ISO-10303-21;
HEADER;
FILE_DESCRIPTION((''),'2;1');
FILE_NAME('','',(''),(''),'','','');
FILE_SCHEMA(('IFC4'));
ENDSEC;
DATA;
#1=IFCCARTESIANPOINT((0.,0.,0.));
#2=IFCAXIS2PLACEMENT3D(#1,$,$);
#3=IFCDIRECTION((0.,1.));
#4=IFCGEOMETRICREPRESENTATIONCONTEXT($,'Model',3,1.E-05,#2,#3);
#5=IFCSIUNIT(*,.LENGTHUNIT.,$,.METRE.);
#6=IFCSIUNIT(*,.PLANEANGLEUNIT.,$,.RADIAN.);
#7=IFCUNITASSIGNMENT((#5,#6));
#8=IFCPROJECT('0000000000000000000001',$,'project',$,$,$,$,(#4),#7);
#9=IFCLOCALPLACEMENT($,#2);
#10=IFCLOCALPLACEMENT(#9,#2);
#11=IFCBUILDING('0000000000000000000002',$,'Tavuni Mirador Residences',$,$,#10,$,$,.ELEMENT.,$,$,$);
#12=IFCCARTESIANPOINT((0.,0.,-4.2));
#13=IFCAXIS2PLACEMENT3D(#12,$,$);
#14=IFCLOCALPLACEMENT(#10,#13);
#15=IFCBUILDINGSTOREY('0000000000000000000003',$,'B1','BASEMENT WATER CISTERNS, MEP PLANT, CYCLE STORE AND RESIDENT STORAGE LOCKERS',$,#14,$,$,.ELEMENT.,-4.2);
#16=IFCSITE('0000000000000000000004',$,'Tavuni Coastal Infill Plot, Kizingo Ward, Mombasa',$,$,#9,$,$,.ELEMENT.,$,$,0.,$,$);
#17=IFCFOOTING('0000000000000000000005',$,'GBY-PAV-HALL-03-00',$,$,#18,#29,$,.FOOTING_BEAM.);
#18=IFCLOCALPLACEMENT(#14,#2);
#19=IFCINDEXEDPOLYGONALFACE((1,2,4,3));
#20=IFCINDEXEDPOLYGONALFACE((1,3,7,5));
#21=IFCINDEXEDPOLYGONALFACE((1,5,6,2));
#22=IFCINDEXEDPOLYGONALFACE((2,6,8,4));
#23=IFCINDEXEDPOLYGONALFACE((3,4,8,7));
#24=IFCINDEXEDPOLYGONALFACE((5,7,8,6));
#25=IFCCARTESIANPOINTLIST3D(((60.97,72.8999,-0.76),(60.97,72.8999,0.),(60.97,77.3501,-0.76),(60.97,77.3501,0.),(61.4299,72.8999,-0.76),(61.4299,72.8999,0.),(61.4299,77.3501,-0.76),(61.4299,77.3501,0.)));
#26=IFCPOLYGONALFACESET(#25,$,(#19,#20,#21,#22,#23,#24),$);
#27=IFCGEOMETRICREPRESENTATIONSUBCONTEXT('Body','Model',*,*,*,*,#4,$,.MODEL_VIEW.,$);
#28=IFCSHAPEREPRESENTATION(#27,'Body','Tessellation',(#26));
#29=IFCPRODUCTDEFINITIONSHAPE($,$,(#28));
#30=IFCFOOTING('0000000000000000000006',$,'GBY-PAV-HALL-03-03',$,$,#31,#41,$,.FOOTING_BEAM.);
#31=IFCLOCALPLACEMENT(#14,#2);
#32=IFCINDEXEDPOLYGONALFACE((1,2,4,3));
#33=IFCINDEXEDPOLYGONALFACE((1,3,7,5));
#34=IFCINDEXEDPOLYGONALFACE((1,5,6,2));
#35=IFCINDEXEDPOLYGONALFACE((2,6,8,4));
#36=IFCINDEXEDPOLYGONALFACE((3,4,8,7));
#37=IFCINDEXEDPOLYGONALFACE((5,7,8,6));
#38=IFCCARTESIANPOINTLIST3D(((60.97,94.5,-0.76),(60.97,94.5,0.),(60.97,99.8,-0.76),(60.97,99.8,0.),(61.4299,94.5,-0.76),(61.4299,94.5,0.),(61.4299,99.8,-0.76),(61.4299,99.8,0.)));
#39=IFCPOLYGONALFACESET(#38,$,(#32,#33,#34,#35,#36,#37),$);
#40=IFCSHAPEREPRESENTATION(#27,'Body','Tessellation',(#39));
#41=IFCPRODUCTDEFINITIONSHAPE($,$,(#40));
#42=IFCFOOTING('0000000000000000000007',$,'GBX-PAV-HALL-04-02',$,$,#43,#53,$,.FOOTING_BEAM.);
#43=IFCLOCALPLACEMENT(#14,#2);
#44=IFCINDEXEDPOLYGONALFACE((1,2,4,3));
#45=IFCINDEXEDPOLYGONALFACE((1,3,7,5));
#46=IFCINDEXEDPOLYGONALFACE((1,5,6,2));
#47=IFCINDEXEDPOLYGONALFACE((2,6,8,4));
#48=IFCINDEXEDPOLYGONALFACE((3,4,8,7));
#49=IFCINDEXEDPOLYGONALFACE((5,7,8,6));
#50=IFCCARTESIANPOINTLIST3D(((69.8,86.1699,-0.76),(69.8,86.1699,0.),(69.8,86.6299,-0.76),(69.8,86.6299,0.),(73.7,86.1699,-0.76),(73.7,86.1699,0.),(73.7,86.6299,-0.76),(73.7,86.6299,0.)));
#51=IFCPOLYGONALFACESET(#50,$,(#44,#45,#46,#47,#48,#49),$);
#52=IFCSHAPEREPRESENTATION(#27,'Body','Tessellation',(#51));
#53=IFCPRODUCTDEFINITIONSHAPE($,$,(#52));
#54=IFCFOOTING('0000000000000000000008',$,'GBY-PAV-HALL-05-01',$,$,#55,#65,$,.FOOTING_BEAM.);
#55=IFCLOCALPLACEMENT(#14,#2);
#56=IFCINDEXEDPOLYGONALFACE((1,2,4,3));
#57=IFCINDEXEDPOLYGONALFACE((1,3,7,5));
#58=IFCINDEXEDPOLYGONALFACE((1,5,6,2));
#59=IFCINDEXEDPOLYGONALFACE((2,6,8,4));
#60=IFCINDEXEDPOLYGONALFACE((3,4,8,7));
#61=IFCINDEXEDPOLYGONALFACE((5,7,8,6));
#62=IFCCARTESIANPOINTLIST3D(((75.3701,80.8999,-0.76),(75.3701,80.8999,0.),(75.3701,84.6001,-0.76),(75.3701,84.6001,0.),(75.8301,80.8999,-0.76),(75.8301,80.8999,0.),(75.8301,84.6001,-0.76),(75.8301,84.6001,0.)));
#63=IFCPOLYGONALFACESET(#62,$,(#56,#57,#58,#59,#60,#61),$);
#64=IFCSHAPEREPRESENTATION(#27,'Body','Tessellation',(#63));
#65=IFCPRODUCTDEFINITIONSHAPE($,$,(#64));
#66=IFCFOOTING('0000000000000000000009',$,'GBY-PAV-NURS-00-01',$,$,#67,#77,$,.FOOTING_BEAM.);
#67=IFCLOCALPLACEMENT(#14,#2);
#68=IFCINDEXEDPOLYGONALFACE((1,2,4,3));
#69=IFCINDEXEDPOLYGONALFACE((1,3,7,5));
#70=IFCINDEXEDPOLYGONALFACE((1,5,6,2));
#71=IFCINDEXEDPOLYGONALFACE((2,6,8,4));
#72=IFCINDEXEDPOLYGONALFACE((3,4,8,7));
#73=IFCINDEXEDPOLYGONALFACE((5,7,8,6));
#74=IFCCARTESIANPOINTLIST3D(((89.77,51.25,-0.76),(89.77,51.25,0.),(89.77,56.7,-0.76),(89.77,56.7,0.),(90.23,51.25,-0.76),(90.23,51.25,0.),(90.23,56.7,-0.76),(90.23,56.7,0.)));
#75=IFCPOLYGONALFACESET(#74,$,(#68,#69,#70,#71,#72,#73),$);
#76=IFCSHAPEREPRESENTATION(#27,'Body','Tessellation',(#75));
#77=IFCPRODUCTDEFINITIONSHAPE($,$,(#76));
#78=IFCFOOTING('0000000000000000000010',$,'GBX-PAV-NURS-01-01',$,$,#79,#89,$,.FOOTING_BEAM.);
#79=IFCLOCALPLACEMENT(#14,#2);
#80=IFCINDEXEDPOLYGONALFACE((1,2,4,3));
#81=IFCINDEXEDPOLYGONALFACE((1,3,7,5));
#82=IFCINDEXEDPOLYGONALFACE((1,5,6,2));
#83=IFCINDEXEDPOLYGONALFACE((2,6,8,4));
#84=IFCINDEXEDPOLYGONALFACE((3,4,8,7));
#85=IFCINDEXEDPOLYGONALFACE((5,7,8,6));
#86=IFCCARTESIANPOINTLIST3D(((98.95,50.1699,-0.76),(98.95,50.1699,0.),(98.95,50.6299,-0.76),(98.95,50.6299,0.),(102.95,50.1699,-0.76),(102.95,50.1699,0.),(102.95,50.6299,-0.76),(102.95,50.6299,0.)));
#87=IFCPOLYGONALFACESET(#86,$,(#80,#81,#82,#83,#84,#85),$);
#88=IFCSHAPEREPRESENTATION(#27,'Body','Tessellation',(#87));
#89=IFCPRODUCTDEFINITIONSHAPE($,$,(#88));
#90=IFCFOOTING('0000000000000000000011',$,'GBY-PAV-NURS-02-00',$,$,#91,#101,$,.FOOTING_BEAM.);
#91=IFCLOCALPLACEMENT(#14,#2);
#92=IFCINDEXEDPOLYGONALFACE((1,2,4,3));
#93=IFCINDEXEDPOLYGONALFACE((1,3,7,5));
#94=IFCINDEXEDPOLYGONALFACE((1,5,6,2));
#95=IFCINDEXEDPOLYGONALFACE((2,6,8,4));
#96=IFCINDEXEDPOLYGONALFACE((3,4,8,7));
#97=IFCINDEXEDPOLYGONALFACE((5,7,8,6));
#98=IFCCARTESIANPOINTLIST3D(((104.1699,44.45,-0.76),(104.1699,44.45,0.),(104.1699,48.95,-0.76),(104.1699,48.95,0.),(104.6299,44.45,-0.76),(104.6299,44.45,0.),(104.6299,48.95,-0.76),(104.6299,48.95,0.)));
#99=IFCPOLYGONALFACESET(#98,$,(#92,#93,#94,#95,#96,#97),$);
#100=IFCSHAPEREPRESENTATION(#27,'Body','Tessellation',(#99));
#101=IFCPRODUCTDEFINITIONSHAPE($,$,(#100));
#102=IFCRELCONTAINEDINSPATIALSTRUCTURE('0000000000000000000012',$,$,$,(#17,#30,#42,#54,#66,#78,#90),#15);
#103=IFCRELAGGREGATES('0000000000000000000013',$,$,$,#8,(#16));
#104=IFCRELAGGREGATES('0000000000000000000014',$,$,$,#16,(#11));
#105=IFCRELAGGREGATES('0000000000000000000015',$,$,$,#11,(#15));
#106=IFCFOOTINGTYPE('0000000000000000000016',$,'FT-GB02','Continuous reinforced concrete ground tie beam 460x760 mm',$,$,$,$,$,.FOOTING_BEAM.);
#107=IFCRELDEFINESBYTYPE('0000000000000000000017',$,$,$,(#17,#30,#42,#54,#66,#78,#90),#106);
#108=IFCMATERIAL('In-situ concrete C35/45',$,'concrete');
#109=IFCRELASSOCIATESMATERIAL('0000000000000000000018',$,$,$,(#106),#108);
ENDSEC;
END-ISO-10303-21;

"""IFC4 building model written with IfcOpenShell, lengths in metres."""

from ifc_helpers import new_model, si_unit, direction, frame, origin, place, context, subcontext, project, spatial, polyline, outline, extrude, material, type_object, element, save


model = new_model("IFC4")

# Units and contexts
model_context = context("Model", 3, precision=1e-05, world=origin(), true_north=direction((0.0, 1.0)))
body_context = subcontext(model_context, "Body", "Model", "MODEL_VIEW")
ifc_project = project(units=[si_unit("LENGTHUNIT", "METRE"), si_unit("PLANEANGLEUNIT", "RADIAN")], contexts=[model_context])

# Site, building, storey
site_placement = place(None, origin())
site = spatial("IfcSite", under=ifc_project, at=site_placement, Name="Tavuni Coastal Infill Plot, Kizingo Ward, Mombasa", CompositionType="ELEMENT", RefElevation=0.0)
building_placement = place(site_placement, origin())
building = spatial("IfcBuilding", under=site, at=building_placement, Name="Tavuni Mirador Residences", CompositionType="ELEMENT")
storey_placement = place(building_placement, frame((0.0, 0.0, -4.2)))
storey = spatial("IfcBuildingStorey", under=building, at=storey_placement, Name="B1", Description="BASEMENT WATER CISTERNS, MEP PLANT, CYCLE STORE AND RESIDENT STORAGE LOCKERS", CompositionType="ELEMENT", Elevation=-4.2)

# Footings
ifc_material = material(Name="In-situ concrete C35/45", Category="concrete")
footing_type_1 = type_object("IfcFootingType", Name="FT-GB02", Description="Continuous reinforced concrete ground tie beam 460x760 mm", PredefinedType="FOOTING_BEAM", material=ifc_material)
footing_1_placement = place(storey_placement, frame((0.0, 0.0, -0.76)))
element("IfcFooting", 1, at=footing_1_placement, inside=storey, type_object=footing_type_1, Name="GBY-PAV-HALL-03-00", PredefinedType="FOOTING_BEAM", context=body_context, shape_type="SweptSolid", body=[
    extrude(outline(polyline([(60.97, 72.8999), (61.4299, 72.8999), (61.4299, 77.3501), (60.97, 77.3501), (60.97, 72.8999)])), origin(), (0.0, 0.0, 1.0), 0.76),
])
footing_2_placement = place(storey_placement, frame((0.0, 0.0, -0.76)))
element("IfcFooting", 2, at=footing_2_placement, inside=storey, type_object=footing_type_1, Name="GBY-PAV-HALL-03-03", PredefinedType="FOOTING_BEAM", context=body_context, shape_type="SweptSolid", body=[
    extrude(outline(polyline([(60.97, 94.5), (61.4299, 94.5), (61.4299, 99.8), (60.97, 99.8), (60.97, 94.5)])), origin(), (0.0, 0.0, 1.0), 0.76),
])
footing_3_placement = place(storey_placement, frame((0.0, 0.0, -0.76)))
element("IfcFooting", 3, at=footing_3_placement, inside=storey, type_object=footing_type_1, Name="GBX-PAV-HALL-04-02", PredefinedType="FOOTING_BEAM", context=body_context, shape_type="SweptSolid", body=[
    extrude(outline(polyline([(69.8, 86.1699), (73.7, 86.1699), (73.7, 86.6299), (69.8, 86.6299), (69.8, 86.1699)])), origin(), (0.0, 0.0, 1.0), 0.76),
])
footing_4_placement = place(storey_placement, frame((0.0, 0.0, -0.76)))
element("IfcFooting", 4, at=footing_4_placement, inside=storey, type_object=footing_type_1, Name="GBY-PAV-HALL-05-01", PredefinedType="FOOTING_BEAM", context=body_context, shape_type="SweptSolid", body=[
    extrude(outline(polyline([(75.3701, 80.8999), (75.8301, 80.8999), (75.8301, 84.6001), (75.3701, 84.6001), (75.3701, 80.8999)])), origin(), (0.0, 0.0, 1.0), 0.76),
])
footing_5_placement = place(storey_placement, frame((0.0, 0.0, -0.76)))
element("IfcFooting", 5, at=footing_5_placement, inside=storey, type_object=footing_type_1, Name="GBY-PAV-NURS-00-01", PredefinedType="FOOTING_BEAM", context=body_context, shape_type="SweptSolid", body=[
    extrude(outline(polyline([(89.77, 51.25), (90.23, 51.25), (90.23, 56.7), (89.77, 56.7), (89.77, 51.25)])), origin(), (0.0, 0.0, 1.0), 0.76),
])
footing_6_placement = place(storey_placement, frame((0.0, 0.0, -0.76)))
element("IfcFooting", 6, at=footing_6_placement, inside=storey, type_object=footing_type_1, Name="GBX-PAV-NURS-01-01", PredefinedType="FOOTING_BEAM", context=body_context, shape_type="SweptSolid", body=[
    extrude(outline(polyline([(98.95, 50.1699), (102.95, 50.1699), (102.95, 50.6299), (98.95, 50.6299), (98.95, 50.1699)])), origin(), (0.0, 0.0, 1.0), 0.76),
])
footing_7_placement = place(storey_placement, frame((0.0, 0.0, -0.76)))
element("IfcFooting", 7, at=footing_7_placement, inside=storey, type_object=footing_type_1, Name="GBY-PAV-NURS-02-00", PredefinedType="FOOTING_BEAM", context=body_context, shape_type="SweptSolid", body=[
    extrude(outline(polyline([(104.1699, 44.45), (104.6299, 44.45), (104.6299, 48.95), (104.1699, 48.95), (104.1699, 44.45)])), origin(), (0.0, 0.0, 1.0), 0.76),
])

save(model, "model.ifc")
